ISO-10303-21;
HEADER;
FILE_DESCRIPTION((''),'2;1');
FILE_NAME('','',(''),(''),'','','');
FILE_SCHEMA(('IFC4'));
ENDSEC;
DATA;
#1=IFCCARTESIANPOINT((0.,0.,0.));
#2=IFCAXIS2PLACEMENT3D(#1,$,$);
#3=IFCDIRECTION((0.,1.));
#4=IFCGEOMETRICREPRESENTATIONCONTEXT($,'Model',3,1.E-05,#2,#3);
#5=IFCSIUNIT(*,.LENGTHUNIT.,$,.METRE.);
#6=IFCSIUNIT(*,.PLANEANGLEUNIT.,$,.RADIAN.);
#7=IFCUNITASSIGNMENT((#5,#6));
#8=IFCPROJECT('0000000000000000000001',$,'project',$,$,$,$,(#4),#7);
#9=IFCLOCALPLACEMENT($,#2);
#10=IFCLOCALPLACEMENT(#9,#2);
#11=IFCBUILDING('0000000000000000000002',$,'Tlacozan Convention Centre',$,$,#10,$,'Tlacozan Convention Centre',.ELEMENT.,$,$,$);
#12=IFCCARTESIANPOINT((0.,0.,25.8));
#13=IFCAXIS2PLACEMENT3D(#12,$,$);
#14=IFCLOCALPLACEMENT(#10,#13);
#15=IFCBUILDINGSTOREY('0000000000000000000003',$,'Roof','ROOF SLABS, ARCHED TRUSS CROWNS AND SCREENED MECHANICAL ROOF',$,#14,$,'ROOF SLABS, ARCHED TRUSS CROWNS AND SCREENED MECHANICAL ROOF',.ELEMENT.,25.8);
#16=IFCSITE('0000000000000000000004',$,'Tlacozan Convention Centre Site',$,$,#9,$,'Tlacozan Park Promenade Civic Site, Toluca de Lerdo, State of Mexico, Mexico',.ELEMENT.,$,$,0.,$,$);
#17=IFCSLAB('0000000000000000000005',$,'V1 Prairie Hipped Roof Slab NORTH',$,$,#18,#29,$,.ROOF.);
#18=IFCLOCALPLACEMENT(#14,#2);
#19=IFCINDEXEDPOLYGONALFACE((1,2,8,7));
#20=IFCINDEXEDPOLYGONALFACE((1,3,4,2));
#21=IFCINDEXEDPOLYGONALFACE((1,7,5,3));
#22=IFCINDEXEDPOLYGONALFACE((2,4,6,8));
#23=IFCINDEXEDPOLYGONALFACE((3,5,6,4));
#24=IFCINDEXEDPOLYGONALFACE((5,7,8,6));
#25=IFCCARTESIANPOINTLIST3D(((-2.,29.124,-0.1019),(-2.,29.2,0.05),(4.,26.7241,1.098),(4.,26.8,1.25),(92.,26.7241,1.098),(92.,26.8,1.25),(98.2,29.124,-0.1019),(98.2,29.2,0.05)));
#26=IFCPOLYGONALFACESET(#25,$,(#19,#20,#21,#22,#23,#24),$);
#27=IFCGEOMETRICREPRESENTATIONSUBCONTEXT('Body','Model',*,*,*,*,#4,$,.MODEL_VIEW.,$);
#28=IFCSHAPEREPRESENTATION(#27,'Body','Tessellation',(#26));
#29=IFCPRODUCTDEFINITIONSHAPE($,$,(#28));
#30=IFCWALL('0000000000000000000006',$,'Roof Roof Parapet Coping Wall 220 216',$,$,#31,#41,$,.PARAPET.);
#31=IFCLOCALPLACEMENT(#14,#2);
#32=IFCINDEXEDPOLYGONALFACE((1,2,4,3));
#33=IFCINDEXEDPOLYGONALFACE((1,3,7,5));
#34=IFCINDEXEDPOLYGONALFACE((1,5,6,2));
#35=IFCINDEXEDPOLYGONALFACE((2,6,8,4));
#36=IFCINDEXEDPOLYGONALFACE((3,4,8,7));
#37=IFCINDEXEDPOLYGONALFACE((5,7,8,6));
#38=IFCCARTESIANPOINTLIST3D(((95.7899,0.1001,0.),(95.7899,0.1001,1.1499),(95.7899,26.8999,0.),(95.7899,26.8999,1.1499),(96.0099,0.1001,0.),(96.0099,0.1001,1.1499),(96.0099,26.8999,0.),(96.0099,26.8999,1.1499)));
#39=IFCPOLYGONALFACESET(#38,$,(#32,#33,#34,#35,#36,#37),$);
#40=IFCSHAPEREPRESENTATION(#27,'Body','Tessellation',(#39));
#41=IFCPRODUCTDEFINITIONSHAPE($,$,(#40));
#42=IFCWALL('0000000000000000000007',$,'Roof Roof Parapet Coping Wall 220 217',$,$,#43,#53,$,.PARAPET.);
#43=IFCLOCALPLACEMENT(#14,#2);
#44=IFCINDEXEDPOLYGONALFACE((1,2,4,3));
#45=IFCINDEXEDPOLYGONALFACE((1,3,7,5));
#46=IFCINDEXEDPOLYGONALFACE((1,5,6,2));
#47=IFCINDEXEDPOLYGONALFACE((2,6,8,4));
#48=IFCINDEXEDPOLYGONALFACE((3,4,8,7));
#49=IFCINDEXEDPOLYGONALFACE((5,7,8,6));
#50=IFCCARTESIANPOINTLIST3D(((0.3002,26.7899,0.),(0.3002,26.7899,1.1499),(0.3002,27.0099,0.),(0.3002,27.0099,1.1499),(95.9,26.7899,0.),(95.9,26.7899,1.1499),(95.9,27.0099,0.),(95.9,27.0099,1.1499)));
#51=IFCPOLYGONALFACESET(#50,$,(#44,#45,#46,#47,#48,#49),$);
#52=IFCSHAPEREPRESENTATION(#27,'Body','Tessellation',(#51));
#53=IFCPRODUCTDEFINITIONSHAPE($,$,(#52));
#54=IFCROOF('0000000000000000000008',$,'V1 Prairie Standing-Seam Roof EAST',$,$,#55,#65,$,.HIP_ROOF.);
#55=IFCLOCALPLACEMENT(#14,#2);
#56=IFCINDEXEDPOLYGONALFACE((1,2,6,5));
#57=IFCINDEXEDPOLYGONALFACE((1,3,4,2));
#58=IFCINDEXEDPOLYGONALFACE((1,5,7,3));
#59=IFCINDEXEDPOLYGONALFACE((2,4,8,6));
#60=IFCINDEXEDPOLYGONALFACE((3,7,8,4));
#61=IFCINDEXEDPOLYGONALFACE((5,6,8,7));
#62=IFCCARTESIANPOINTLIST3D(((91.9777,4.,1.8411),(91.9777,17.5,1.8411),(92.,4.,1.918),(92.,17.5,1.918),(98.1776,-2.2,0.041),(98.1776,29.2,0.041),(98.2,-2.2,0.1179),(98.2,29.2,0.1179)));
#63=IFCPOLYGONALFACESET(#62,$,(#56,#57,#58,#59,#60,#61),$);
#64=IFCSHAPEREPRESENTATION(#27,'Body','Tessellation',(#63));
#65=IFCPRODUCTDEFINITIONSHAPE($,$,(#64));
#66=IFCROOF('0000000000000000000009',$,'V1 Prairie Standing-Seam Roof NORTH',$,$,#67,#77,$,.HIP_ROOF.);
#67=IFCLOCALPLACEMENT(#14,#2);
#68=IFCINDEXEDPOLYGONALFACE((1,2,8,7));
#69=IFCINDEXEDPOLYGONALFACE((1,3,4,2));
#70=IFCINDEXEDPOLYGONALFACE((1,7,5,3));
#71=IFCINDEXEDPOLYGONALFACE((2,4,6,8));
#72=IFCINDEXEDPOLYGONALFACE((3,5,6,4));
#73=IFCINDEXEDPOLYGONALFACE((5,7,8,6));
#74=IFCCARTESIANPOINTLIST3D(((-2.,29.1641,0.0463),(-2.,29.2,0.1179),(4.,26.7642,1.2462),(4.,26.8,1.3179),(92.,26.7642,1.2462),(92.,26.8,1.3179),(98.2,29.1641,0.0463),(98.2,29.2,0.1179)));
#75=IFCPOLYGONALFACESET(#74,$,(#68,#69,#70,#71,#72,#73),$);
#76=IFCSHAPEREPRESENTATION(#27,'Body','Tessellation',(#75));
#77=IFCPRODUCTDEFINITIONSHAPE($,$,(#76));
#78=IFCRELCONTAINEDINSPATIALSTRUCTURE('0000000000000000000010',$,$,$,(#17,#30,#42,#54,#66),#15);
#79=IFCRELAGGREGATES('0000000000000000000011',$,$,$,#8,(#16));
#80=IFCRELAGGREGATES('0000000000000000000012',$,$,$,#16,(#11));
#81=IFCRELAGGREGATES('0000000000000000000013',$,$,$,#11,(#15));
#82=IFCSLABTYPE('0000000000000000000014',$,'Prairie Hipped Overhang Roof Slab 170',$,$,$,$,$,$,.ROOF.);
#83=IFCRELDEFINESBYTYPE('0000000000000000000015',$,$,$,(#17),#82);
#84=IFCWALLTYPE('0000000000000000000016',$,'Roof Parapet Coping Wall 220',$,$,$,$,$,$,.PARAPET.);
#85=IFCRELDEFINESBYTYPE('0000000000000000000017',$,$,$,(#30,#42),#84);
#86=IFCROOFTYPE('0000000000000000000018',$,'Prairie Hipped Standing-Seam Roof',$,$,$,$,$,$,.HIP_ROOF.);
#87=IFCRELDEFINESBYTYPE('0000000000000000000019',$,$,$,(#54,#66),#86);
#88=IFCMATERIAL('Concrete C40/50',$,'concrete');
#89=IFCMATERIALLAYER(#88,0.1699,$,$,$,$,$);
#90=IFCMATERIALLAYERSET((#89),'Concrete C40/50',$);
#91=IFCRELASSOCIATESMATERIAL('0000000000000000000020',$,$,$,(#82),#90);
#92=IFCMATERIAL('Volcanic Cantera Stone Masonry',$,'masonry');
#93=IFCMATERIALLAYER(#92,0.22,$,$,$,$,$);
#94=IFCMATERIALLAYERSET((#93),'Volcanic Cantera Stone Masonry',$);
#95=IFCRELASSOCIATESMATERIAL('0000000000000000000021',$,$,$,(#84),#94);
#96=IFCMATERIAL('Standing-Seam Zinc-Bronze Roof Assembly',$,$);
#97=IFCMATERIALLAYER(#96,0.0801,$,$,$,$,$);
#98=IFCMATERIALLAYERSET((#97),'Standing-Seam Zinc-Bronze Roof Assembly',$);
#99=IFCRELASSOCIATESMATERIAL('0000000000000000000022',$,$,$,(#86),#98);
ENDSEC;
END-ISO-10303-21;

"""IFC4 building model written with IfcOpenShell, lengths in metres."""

from ifc_helpers import new_model, si_unit, direction, frame, frame_2d, origin, place, context, subcontext, project, spatial, polyline, rectangle, outline, extrude, material, layer, layer_set, type_object, element, save


model = new_model("IFC4")

# Units and contexts
model_context = context("Model", 3, precision=1e-05, world=origin(), true_north=direction((0.0, 1.0)))
body_context = subcontext(model_context, "Body", "Model", "MODEL_VIEW")
ifc_project = project(units=[si_unit("LENGTHUNIT", "METRE"), si_unit("PLANEANGLEUNIT", "RADIAN")], contexts=[model_context])

# Site, building, storey
site_placement = place(None, origin())
site = spatial("IfcSite", under=ifc_project, at=site_placement, Name="Tlacozan Convention Centre Site", LongName="Tlacozan Park Promenade Civic Site, Toluca de Lerdo, State of Mexico, Mexico", CompositionType="ELEMENT", RefElevation=0.0)
building_placement = place(site_placement, origin())
building = spatial("IfcBuilding", under=site, at=building_placement, Name="Tlacozan Convention Centre", LongName="Tlacozan Convention Centre", CompositionType="ELEMENT")
storey_placement = place(building_placement, frame((0.0, 0.0, 25.8)))
storey = spatial("IfcBuildingStorey", under=building, at=storey_placement, Name="Roof", Description="ROOF SLABS, ARCHED TRUSS CROWNS AND SCREENED MECHANICAL ROOF", LongName="ROOF SLABS, ARCHED TRUSS CROWNS AND SCREENED MECHANICAL ROOF", CompositionType="ELEMENT", Elevation=25.8)

# Slab
ifc_material_1 = material(Name="Concrete C40/50", Category="concrete")
ifc_layer_1 = layer(ifc_material_1, 0.1699)
ifc_layer_set_1 = layer_set([ifc_layer_1], Name="Concrete C40/50")
slab_type = type_object("IfcSlabType", Name="Prairie Hipped Overhang Roof Slab 170", PredefinedType="ROOF", material=ifc_layer_set_1)
slab_1_placement = place(storey_placement, frame((98.2, 29.2, 0.05), z_axis=(0.0, 0.447214, 0.894427), x_axis=(-1.0, 0.0, 0.0)))
element("IfcSlab", 1, at=slab_1_placement, inside=storey, type_object=slab_type, Name="V1 Prairie Hipped Roof Slab NORTH", PredefinedType="ROOF", context=body_context, shape_type="SweptSolid", body=[
    extrude(outline(polyline([(0.0, 0.0), (100.2, 0.0), (94.2, 2.6832), (6.2, 2.6832), (0.0, 0.0)])), origin(), (0.0, 0.0, -1.0), 0.1699),
])

# Walls
ifc_material_2 = material(Name="Volcanic Cantera Stone Masonry", Category="masonry")
ifc_layer_2 = layer(ifc_material_2, 0.22)
ifc_layer_set_2 = layer_set([ifc_layer_2], Name="Volcanic Cantera Stone Masonry")
wall_type = type_object("IfcWallType", Name="Roof Parapet Coping Wall 220", PredefinedType="PARAPET", material=ifc_layer_set_2)
wall_1_placement = place(storey_placement, frame((95.8999, 0.1001, 0.0), z_axis=(0.0, 0.0, 1.0), x_axis=(0.0, 1.0, 0.0)))
element("IfcWall", 2, at=wall_1_placement, inside=storey, type_object=wall_type, Name="Roof Roof Parapet Coping Wall 220 216", PredefinedType="PARAPET", context=body_context, shape_type="SweptSolid", body=[
    extrude(rectangle(XDim=26.7998, YDim=0.22, at=frame_2d((13.3999, 0.0))), origin(), (0.0, 0.0, 1.0), 1.1499),
])
wall_2_placement = place(storey_placement, frame((95.8999, 26.8999, 0.0), z_axis=(0.0, 0.0, 1.0), x_axis=(-1.0, 0.0, 0.0)))
element("IfcWall", 3, at=wall_2_placement, inside=storey, type_object=wall_type, Name="Roof Roof Parapet Coping Wall 220 217", PredefinedType="PARAPET", context=body_context, shape_type="SweptSolid", body=[
    extrude(rectangle(XDim=95.5999, YDim=0.22, at=frame_2d((47.7998, 0.0))), origin(), (0.0, 0.0, 1.0), 1.1499),
])

# Roofs
ifc_material_3 = material(Name="Standing-Seam Zinc-Bronze Roof Assembly")
ifc_layer_3 = layer(ifc_material_3, 0.0801)
ifc_layer_set_3 = layer_set([ifc_layer_3], Name="Standing-Seam Zinc-Bronze Roof Assembly")
roof_type = type_object("IfcRoofType", Name="Prairie Hipped Standing-Seam Roof", PredefinedType="HIP_ROOF", material=ifc_layer_set_3)
roof_1_placement = place(storey_placement, frame((98.2, -2.2, 0.1179), z_axis=(0.278819, 0.0, 0.960344), x_axis=(0.0, 1.0, 0.0)))
element("IfcRoof", 4, at=roof_1_placement, inside=storey, type_object=roof_type, Name="V1 Prairie Standing-Seam Roof EAST", PredefinedType="HIP_ROOF", context=body_context, shape_type="SweptSolid", body=[
    extrude(outline(polyline([(0.0, 0.0), (31.3999, 0.0), (19.7, 6.456), (6.2, 6.456), (0.0, 0.0)])), origin(), (0.0, 0.0, -1.0), 0.0801),
])
roof_2_placement = place(storey_placement, frame((98.2, 29.2, 0.1179), z_axis=(0.0, 0.447214, 0.894427), x_axis=(-1.0, 0.0, 0.0)))
element("IfcRoof", 5, at=roof_2_placement, inside=storey, type_object=roof_type, Name="V1 Prairie Standing-Seam Roof NORTH", PredefinedType="HIP_ROOF", context=body_context, shape_type="SweptSolid", body=[
    extrude(outline(polyline([(0.0, 0.0), (100.2, 0.0), (94.2, 2.6832), (6.2, 2.6832), (0.0, 0.0)])), origin(), (0.0, 0.0, -1.0), 0.0801),
])

save(model, "model.ifc")
